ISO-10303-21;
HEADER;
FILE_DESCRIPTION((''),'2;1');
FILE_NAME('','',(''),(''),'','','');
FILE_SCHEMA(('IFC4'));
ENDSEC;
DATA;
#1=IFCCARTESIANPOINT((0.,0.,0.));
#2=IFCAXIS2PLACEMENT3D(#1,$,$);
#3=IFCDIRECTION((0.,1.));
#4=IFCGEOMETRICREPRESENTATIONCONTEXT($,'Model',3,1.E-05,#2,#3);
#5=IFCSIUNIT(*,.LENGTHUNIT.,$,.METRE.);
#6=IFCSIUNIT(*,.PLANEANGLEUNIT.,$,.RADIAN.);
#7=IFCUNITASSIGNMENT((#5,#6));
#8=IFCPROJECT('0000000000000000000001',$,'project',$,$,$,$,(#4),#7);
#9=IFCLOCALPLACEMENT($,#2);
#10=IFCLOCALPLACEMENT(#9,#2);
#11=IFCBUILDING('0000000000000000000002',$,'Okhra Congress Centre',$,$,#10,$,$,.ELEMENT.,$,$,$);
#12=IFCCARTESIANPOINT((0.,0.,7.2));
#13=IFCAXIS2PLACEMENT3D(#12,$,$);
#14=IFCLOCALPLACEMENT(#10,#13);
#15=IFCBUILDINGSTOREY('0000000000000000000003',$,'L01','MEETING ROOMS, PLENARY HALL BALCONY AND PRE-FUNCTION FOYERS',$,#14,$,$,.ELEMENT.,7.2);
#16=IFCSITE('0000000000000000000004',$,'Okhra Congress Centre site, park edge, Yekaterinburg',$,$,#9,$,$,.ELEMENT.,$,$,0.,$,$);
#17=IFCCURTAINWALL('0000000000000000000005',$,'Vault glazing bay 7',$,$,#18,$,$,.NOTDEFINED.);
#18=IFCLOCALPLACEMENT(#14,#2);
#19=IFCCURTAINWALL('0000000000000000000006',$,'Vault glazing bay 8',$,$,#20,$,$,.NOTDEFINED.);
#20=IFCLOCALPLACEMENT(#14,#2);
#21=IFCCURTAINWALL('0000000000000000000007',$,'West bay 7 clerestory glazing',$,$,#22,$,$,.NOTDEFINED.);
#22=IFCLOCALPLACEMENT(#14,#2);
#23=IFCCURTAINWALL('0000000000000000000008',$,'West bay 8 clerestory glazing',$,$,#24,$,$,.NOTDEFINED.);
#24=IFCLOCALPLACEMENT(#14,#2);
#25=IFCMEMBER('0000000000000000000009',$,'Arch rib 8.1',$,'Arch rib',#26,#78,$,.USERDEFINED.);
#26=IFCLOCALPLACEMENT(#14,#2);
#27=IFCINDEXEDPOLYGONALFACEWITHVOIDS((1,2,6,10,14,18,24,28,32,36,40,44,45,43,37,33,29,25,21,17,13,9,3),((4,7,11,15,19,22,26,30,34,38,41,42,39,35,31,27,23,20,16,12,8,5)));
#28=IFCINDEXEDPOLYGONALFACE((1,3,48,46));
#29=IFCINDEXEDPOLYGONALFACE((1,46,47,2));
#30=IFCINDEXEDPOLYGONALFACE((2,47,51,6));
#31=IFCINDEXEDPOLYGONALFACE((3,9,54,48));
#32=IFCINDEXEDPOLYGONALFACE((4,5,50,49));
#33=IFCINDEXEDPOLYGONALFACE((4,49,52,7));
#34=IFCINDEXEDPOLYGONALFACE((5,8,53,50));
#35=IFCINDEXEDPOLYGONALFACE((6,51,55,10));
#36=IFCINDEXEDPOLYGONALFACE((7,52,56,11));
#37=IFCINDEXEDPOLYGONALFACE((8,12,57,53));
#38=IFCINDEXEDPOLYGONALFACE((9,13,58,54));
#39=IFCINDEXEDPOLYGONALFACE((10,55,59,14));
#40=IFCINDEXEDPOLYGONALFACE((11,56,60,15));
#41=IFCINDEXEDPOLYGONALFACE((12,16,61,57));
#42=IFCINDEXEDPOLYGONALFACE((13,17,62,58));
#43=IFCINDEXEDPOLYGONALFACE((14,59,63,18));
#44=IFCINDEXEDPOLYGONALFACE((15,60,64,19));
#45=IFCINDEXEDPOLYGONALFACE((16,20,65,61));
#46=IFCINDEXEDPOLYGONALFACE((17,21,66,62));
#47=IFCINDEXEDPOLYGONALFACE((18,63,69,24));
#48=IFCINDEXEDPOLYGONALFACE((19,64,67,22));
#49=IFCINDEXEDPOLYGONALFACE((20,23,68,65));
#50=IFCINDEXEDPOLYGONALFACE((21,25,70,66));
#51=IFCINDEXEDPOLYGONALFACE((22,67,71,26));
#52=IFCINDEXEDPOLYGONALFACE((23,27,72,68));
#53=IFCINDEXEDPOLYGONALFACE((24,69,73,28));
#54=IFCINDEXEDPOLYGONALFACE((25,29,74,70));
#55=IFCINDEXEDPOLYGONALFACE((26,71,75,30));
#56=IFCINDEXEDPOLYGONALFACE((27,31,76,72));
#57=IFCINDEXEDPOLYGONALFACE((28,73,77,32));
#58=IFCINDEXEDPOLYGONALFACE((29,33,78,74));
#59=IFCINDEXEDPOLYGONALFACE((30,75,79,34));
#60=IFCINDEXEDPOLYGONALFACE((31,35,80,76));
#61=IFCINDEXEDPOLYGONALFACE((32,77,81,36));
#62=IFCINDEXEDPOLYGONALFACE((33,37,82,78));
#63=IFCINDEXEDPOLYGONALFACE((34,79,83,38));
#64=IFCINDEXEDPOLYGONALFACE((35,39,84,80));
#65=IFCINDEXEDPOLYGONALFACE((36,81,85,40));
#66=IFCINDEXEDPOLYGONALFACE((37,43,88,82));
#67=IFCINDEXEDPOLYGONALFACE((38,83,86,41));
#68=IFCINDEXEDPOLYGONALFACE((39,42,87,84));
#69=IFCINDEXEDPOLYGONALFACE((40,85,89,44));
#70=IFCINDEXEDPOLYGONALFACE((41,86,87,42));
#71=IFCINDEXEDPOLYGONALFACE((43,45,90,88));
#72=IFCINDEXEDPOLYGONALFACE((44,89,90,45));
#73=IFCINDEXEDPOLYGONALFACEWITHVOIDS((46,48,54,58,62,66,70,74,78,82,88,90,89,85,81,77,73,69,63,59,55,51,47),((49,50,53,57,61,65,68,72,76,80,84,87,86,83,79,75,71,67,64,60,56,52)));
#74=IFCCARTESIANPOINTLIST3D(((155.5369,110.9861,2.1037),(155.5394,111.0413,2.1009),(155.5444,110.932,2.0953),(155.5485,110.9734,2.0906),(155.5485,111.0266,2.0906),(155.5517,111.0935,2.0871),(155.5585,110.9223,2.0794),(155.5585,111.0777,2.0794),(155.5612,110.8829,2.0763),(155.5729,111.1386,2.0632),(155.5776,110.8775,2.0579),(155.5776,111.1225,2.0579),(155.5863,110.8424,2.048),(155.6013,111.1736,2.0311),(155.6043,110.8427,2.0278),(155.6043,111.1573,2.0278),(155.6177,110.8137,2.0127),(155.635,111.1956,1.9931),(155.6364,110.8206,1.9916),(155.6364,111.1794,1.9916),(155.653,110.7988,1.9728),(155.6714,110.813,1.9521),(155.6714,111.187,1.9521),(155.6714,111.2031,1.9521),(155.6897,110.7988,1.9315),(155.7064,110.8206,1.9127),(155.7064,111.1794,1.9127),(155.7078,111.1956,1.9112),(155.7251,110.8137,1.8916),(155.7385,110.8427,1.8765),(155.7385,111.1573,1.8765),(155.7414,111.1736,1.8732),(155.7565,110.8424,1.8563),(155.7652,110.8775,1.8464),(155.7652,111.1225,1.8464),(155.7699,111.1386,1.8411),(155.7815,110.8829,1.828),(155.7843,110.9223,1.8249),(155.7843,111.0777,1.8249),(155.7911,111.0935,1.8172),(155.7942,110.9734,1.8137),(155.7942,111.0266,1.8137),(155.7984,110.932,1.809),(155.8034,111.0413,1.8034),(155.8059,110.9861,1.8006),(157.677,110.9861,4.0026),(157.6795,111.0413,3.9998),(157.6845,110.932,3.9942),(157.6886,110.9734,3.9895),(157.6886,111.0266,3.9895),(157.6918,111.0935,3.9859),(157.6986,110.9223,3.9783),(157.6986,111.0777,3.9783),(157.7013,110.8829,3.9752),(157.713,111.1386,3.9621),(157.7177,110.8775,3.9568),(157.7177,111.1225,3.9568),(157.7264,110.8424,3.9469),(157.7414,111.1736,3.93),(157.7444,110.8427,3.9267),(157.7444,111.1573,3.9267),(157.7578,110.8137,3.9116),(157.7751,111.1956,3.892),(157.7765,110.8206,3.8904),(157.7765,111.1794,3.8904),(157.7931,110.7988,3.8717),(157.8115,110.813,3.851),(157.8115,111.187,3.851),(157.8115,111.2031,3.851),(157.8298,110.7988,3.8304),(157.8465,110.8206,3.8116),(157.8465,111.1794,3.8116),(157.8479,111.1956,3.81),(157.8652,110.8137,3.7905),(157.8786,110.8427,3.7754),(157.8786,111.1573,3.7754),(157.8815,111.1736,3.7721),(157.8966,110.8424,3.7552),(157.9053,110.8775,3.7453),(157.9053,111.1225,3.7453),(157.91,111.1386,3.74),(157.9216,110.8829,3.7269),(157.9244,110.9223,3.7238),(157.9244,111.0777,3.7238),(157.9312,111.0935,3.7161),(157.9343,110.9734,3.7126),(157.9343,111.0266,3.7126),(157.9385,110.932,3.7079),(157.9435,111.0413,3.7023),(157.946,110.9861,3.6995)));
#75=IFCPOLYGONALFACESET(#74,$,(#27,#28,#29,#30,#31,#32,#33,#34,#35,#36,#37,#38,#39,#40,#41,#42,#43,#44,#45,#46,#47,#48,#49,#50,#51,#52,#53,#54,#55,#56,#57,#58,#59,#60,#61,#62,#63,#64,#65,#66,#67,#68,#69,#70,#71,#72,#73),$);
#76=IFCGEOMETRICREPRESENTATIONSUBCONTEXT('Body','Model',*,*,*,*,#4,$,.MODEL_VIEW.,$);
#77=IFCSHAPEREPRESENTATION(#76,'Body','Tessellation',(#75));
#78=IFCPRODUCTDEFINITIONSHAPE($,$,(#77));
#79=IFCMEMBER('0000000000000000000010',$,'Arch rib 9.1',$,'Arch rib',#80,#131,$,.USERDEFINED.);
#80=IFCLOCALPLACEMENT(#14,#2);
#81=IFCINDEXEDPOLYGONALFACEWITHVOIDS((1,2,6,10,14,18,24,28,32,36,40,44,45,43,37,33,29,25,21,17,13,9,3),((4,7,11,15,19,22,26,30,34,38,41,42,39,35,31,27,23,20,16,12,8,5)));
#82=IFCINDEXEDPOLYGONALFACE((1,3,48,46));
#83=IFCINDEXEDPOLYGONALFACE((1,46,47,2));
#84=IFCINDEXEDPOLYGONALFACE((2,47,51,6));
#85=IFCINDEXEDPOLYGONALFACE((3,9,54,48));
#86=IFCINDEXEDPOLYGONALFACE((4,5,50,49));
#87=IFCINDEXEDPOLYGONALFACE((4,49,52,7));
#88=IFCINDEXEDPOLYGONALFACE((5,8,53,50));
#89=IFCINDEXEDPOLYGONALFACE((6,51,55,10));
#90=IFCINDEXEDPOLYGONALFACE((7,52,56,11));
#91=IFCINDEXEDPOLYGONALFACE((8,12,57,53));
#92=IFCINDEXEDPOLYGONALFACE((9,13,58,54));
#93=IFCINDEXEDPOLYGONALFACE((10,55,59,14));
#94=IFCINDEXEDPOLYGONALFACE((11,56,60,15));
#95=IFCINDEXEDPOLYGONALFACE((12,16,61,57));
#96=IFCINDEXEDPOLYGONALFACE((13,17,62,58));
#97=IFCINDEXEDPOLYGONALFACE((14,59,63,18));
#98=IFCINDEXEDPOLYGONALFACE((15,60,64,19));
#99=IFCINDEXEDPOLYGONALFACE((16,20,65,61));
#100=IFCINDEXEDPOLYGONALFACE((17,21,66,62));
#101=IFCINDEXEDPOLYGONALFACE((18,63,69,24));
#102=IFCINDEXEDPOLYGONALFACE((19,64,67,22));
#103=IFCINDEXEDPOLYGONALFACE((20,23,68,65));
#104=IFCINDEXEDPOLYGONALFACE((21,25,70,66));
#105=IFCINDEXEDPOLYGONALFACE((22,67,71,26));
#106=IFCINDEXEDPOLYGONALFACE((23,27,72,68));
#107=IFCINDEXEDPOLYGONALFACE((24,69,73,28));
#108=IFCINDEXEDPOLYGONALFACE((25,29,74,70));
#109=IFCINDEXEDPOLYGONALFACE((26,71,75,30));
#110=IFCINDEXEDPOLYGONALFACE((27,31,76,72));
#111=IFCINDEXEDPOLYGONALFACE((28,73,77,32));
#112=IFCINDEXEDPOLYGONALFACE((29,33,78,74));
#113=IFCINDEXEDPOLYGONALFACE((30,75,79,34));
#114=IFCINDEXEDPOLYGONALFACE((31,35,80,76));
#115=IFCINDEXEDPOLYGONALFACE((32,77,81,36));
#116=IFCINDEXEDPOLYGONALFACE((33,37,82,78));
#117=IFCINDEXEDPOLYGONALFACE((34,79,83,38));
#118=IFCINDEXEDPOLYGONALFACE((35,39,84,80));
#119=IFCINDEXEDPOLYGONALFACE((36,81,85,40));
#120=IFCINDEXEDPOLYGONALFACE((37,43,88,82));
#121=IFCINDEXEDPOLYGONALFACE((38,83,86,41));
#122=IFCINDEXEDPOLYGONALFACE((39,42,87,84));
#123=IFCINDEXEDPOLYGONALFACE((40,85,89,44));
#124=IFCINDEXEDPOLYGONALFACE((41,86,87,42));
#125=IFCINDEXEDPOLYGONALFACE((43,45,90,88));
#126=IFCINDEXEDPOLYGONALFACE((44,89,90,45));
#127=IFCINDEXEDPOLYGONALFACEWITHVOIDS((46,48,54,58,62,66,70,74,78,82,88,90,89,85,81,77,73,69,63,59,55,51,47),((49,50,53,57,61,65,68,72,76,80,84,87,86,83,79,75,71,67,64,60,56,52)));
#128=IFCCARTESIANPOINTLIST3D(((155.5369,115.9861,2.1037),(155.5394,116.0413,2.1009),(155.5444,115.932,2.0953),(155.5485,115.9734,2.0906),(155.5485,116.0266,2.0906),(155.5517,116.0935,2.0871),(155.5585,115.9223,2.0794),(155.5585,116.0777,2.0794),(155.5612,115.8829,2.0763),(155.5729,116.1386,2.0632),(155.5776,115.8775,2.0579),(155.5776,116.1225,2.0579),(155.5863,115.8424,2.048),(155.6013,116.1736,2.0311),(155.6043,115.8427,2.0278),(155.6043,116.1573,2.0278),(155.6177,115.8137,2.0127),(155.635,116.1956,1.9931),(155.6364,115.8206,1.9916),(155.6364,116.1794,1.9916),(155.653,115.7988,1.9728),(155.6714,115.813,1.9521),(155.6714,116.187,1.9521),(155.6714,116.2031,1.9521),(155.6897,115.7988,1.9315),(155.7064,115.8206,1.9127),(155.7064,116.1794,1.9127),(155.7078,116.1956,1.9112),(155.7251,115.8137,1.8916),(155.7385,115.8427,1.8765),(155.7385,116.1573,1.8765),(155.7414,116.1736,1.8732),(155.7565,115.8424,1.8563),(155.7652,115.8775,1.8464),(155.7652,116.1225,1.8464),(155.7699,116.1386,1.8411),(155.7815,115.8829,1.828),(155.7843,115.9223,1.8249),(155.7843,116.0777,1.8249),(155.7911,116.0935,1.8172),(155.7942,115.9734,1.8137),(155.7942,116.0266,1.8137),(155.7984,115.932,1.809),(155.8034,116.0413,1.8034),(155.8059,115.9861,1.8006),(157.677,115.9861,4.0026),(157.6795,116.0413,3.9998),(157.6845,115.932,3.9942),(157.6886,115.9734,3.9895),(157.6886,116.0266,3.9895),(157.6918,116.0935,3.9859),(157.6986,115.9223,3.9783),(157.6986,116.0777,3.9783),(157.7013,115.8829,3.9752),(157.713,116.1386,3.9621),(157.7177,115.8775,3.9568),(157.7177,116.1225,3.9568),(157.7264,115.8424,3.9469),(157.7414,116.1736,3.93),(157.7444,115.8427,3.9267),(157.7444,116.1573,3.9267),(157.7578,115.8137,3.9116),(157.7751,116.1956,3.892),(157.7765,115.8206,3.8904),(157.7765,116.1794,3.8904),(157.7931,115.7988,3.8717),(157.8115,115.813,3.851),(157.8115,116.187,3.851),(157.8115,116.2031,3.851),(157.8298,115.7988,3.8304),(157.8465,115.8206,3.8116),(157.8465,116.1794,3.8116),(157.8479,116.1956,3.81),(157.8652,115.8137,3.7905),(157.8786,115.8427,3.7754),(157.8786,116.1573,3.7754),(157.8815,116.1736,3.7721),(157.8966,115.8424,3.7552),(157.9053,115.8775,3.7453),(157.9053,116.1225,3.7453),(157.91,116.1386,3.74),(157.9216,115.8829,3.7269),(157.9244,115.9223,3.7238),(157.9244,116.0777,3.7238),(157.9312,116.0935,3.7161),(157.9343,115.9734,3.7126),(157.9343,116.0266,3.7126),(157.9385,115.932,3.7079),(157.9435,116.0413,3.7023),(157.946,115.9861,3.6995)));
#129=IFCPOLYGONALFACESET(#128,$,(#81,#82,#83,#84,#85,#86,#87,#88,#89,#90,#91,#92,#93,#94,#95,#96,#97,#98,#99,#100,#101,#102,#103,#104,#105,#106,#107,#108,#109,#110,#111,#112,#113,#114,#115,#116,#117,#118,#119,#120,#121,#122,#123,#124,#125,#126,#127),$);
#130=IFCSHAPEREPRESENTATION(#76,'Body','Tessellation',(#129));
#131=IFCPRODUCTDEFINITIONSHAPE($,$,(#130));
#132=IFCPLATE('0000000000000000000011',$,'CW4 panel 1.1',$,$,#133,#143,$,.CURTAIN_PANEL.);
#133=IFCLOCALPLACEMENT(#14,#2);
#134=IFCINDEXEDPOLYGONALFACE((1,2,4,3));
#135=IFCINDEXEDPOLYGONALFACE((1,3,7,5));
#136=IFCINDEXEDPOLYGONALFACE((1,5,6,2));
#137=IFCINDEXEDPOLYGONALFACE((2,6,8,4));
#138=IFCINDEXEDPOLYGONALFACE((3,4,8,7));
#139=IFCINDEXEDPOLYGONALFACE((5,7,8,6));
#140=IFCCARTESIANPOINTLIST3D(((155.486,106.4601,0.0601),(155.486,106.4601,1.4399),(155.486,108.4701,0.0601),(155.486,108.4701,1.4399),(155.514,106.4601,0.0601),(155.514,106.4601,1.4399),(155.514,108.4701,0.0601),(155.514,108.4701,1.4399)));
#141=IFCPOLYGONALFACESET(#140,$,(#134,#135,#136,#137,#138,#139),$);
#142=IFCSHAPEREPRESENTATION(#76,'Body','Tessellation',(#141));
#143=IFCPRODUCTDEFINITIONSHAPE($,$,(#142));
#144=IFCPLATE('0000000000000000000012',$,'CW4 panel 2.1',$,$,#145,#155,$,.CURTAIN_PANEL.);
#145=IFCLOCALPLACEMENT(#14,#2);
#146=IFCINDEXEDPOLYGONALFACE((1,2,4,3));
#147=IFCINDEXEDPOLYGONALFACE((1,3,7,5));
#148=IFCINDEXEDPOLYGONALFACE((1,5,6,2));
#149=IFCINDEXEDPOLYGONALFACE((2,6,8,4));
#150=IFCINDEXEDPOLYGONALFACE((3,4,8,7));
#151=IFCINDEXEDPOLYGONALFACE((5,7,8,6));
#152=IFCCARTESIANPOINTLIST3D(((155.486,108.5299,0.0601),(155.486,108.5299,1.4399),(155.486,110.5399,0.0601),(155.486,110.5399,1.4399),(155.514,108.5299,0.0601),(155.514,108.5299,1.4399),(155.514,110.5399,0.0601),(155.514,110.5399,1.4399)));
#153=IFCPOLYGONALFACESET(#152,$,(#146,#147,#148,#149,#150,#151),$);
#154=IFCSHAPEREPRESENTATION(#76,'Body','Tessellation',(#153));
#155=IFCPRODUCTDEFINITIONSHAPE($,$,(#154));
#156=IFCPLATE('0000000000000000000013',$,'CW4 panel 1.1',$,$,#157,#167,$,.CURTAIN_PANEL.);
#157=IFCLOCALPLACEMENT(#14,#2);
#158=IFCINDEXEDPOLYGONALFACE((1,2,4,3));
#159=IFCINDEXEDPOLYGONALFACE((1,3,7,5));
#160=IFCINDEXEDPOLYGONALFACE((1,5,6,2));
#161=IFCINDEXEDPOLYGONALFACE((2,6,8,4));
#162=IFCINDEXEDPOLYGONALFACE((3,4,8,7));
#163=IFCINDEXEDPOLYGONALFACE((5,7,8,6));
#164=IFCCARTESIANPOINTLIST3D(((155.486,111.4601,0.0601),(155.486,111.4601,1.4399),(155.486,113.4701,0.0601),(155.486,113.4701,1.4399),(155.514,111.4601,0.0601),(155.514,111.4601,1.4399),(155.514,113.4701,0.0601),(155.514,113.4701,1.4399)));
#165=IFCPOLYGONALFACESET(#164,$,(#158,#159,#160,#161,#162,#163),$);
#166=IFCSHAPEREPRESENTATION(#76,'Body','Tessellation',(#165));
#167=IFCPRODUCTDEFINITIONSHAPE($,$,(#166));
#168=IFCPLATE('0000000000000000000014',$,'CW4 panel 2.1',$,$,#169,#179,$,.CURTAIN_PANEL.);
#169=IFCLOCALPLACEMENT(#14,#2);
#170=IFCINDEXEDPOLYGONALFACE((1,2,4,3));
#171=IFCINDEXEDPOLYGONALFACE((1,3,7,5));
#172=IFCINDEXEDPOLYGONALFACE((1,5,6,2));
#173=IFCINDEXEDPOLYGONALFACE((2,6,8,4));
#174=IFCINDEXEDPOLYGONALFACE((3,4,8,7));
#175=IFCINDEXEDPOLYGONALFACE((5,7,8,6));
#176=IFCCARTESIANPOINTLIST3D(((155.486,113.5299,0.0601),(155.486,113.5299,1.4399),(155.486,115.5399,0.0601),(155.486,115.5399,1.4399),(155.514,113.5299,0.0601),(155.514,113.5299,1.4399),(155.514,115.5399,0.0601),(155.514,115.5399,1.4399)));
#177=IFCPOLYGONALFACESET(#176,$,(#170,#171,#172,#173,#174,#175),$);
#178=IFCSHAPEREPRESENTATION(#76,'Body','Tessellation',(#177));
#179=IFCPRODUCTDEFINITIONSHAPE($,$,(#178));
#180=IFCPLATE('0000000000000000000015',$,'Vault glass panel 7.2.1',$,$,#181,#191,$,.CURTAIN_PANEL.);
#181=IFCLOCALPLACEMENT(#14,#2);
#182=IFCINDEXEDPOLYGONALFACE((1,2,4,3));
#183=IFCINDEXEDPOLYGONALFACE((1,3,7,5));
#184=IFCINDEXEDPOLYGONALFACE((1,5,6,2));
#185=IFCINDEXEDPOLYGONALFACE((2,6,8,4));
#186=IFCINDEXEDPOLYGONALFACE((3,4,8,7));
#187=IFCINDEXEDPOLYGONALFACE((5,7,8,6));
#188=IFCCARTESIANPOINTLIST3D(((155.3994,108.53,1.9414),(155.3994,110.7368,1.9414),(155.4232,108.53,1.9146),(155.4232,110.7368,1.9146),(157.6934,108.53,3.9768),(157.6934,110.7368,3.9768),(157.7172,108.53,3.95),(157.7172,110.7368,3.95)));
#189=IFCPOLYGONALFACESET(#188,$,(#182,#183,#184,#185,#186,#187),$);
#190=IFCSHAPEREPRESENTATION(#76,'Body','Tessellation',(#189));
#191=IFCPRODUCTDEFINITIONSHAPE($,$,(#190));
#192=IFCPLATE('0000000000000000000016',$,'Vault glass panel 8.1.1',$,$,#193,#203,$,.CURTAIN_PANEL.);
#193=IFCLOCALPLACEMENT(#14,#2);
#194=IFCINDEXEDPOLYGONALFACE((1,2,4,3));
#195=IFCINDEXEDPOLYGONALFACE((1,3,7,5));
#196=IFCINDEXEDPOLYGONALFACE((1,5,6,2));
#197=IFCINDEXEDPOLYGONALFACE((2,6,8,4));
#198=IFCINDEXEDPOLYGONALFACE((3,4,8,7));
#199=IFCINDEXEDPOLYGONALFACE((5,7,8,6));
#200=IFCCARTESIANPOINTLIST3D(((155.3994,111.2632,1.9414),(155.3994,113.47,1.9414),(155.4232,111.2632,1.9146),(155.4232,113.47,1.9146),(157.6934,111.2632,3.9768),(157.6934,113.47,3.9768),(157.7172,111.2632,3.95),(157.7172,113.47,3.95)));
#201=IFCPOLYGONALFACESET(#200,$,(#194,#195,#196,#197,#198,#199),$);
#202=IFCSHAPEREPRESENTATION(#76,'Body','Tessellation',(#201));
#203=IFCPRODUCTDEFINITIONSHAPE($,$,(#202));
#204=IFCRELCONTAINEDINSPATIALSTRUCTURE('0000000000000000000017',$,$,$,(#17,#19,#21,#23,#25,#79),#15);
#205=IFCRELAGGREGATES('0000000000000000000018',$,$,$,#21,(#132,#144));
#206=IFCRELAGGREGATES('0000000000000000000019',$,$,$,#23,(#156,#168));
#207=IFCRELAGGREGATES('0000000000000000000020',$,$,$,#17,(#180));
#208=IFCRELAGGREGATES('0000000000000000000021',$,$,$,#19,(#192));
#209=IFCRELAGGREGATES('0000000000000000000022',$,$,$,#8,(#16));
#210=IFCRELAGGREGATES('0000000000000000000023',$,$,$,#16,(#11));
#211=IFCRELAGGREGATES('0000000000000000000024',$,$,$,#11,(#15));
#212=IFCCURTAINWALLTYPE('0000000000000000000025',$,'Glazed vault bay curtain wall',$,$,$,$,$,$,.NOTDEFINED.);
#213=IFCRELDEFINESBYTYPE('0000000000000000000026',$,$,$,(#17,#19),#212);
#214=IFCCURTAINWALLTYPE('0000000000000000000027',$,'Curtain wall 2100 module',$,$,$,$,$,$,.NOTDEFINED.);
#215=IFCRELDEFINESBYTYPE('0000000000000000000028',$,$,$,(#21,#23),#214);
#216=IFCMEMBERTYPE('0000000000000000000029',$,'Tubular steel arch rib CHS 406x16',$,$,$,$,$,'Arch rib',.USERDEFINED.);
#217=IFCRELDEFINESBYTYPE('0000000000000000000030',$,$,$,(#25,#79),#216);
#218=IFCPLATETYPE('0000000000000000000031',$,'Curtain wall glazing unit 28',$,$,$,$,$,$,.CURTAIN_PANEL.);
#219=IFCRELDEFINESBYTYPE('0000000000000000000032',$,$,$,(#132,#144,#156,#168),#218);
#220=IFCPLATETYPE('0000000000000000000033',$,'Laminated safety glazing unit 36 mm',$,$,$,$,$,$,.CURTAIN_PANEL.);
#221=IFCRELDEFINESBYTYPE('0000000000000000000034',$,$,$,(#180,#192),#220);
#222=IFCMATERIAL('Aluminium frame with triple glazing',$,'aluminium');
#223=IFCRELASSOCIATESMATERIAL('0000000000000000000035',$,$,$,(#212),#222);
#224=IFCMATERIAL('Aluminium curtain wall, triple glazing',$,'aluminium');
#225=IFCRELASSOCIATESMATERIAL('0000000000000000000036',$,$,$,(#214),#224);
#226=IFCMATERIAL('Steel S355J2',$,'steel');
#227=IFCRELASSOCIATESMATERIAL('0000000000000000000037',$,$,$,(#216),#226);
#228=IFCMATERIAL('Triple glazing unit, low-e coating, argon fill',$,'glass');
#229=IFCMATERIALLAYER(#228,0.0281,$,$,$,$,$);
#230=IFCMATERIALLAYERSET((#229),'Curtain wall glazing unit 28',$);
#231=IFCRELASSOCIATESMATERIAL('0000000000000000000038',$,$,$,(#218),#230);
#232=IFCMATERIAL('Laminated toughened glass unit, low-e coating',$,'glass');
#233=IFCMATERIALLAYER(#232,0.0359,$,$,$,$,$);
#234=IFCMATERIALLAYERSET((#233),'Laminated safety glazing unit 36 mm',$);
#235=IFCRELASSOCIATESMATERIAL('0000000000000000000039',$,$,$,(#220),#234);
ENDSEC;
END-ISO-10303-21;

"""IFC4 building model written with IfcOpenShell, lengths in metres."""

from ifc_helpers import new_model, si_unit, direction, frame, origin, origin_2d, place, context, subcontext, project, spatial, polyline, rectangle, hollow_circle, outline, extrude, material, layer, layer_set, material_profile, profile_set, type_object, element, aggregate, save


model = new_model("IFC4")

# Units and contexts
model_context = context("Model", 3, precision=1e-05, world=origin(), true_north=direction((0.0, 1.0)))
body_context = subcontext(model_context, "Body", "Model", "MODEL_VIEW")
ifc_project = project(units=[si_unit("LENGTHUNIT", "METRE"), si_unit("PLANEANGLEUNIT", "RADIAN")], contexts=[model_context])

# Site, building, storey
site_placement = place(None, origin())
site = spatial("IfcSite", under=ifc_project, at=site_placement, Name="Okhra Congress Centre site, park edge, Yekaterinburg", CompositionType="ELEMENT", RefElevation=0.0)
building_placement = place(site_placement, origin())
building = spatial("IfcBuilding", under=site, at=building_placement, Name="Okhra Congress Centre", CompositionType="ELEMENT")
storey_placement = place(building_placement, frame((0.0, 0.0, 7.2)))
storey = spatial("IfcBuildingStorey", under=building, at=storey_placement, Name="L01", Description="MEETING ROOMS, PLENARY HALL BALCONY AND PRE-FUNCTION FOYERS", CompositionType="ELEMENT", Elevation=7.2)

# Curtain walls
ifc_material_1 = material(Name="Aluminium frame with triple glazing", Category="aluminium")
curtain_wall_type_1 = type_object("IfcCurtainWallType", Name="Glazed vault bay curtain wall", PredefinedType="NOTDEFINED", material=ifc_material_1)
curtain_wall_1_placement = place(storey_placement, origin())
curtain_wall_1 = element("IfcCurtainWall", 1, at=curtain_wall_1_placement, inside=storey, type_object=curtain_wall_type_1, Name="Vault glazing bay 7", PredefinedType="NOTDEFINED")
curtain_wall_2_placement = place(storey_placement, origin())
curtain_wall_2 = element("IfcCurtainWall", 2, at=curtain_wall_2_placement, inside=storey, type_object=curtain_wall_type_1, Name="Vault glazing bay 8", PredefinedType="NOTDEFINED")

# Curtain walls
ifc_material_2 = material(Name="Aluminium curtain wall, triple glazing", Category="aluminium")
curtain_wall_type_2 = type_object("IfcCurtainWallType", Name="Curtain wall 2100 module", PredefinedType="NOTDEFINED", material=ifc_material_2)
curtain_wall_3_placement = place(storey_placement, origin())
curtain_wall_3 = element("IfcCurtainWall", 3, at=curtain_wall_3_placement, inside=storey, type_object=curtain_wall_type_2, Name="West bay 7 clerestory glazing", PredefinedType="NOTDEFINED")
curtain_wall_4_placement = place(storey_placement, origin())
curtain_wall_4 = element("IfcCurtainWall", 4, at=curtain_wall_4_placement, inside=storey, type_object=curtain_wall_type_2, Name="West bay 8 clerestory glazing", PredefinedType="NOTDEFINED")

# Shared definitions
ifc_material_3 = material(Name="Steel S355J2", Category="steel")

# Members
ifc_material_profile_1 = material_profile(ifc_material_3, hollow_circle(Radius=0.2031, WallThickness=0.0161, at=origin_2d()), Name="CHS 406.4x16")
ifc_profile_set_1 = profile_set([ifc_material_profile_1], Name="Steel S355J2")
member_type_1 = type_object("IfcMemberType", Name="Tubular steel arch rib CHS 406x16", ElementType="Arch rib", PredefinedType="USERDEFINED", material=ifc_profile_set_1)
for number, where, z_axis, x_axis, name in (
    (5, (155.6714, 111.0, 1.9521), (0.748002, 0.0, 0.663696), (0.0, 1.0, 0.0), "Arch rib 8.1"),
    (6, (155.6714, 116.0, 1.9521), (0.748002, 0.0, 0.663696), (0.0, 1.0, 0.0), "Arch rib 9.1"),
):
    element("IfcMember", number, at=place(storey_placement, frame(where, z_axis=z_axis, x_axis=x_axis)), inside=storey, type_object=member_type_1, Name=name, ObjectType="Arch rib", PredefinedType="USERDEFINED", context=body_context, shape_type="SweptSolid", body=[
        extrude(hollow_circle(Radius=0.2031, WallThickness=0.0161, at=origin_2d()), origin(), (0.0, 0.0, 1.0), 2.8611),
    ])

# Plates
ifc_material_4 = material(Name="Triple glazing unit, low-e coating, argon fill", Category="glass")
ifc_layer_1 = layer(ifc_material_4, 0.0281)
ifc_layer_set_1 = layer_set([ifc_layer_1], Name="Curtain wall glazing unit 28")
plate_type_1 = type_object("IfcPlateType", Name="Curtain wall glazing unit 28", PredefinedType="CURTAIN_PANEL", material=ifc_layer_set_1)
plate_1_placement = place(storey_placement, frame((155.5, 107.4651, 0.0601), z_axis=(0.0, 0.0, 1.0), x_axis=(0.0, 1.0, 0.0)))
plate_1 = element("IfcPlate", 7, at=plate_1_placement, type_object=plate_type_1, Name="CW4 panel 1.1", PredefinedType="CURTAIN_PANEL", context=body_context, shape_type="SweptSolid", body=[
    extrude(rectangle(XDim=2.01, YDim=0.0281, at=origin_2d()), origin(), (0.0, 0.0, 1.0), 1.3799),
])
plate_2_placement = place(storey_placement, frame((155.5, 109.5349, 0.0601), z_axis=(0.0, 0.0, 1.0), x_axis=(0.0, 1.0, 0.0)))
plate_2 = element("IfcPlate", 8, at=plate_2_placement, type_object=plate_type_1, Name="CW4 panel 2.1", PredefinedType="CURTAIN_PANEL", context=body_context, shape_type="SweptSolid", body=[
    extrude(rectangle(XDim=2.01, YDim=0.0281, at=origin_2d()), origin(), (0.0, 0.0, 1.0), 1.3799),
])
aggregate(curtain_wall_3, [plate_1, plate_2])
plate_3_placement = place(storey_placement, frame((155.5, 112.4651, 0.0601), z_axis=(0.0, 0.0, 1.0), x_axis=(0.0, 1.0, 0.0)))
plate_3 = element("IfcPlate", 9, at=plate_3_placement, type_object=plate_type_1, Name="CW4 panel 1.1", PredefinedType="CURTAIN_PANEL", context=body_context, shape_type="SweptSolid", body=[
    extrude(rectangle(XDim=2.01, YDim=0.0281, at=origin_2d()), origin(), (0.0, 0.0, 1.0), 1.3799),
])
plate_4_placement = place(storey_placement, frame((155.5, 114.5349, 0.0601), z_axis=(0.0, 0.0, 1.0), x_axis=(0.0, 1.0, 0.0)))
plate_4 = element("IfcPlate", 10, at=plate_4_placement, type_object=plate_type_1, Name="CW4 panel 2.1", PredefinedType="CURTAIN_PANEL", context=body_context, shape_type="SweptSolid", body=[
    extrude(rectangle(XDim=2.01, YDim=0.0281, at=origin_2d()), origin(), (0.0, 0.0, 1.0), 1.3799),
])
aggregate(curtain_wall_4, [plate_3, plate_4])
ifc_material_5 = material(Name="Laminated toughened glass unit, low-e coating", Category="glass")
ifc_layer_2 = layer(ifc_material_5, 0.0359)
ifc_layer_set_2 = layer_set([ifc_layer_2], Name="Laminated safety glazing unit 36 mm")
plate_type_2 = type_object("IfcPlateType", Name="Laminated safety glazing unit 36 mm", PredefinedType="CURTAIN_PANEL", material=ifc_layer_set_2)
plate_5_placement = place(storey_placement, frame((155.3994, 108.53, 1.9414), z_axis=(-0.663697, 0.0, 0.748002), x_axis=(0.748002, 0.0, 0.663697)))
plate_5 = element("IfcPlate", 11, at=plate_5_placement, type_object=plate_type_2, Name="Vault glass panel 7.2.1", PredefinedType="CURTAIN_PANEL", context=body_context, shape_type="SweptSolid", body=[
    extrude(outline(polyline([(0.0, 0.0), (3.0668, 0.0), (3.0668, 2.2068), (0.0, 2.2068), (0.0, 0.0)])), origin(), (0.0, 0.0, -1.0), 0.0359),
])
aggregate(curtain_wall_1, [plate_5])
plate_6_placement = place(storey_placement, frame((155.3994, 111.2632, 1.9414), z_axis=(-0.663697, 0.0, 0.748002), x_axis=(0.748002, 0.0, 0.663697)))
plate_6 = element("IfcPlate", 12, at=plate_6_placement, type_object=plate_type_2, Name="Vault glass panel 8.1.1", PredefinedType="CURTAIN_PANEL", context=body_context, shape_type="SweptSolid", body=[
    extrude(outline(polyline([(0.0, 0.0), (3.0668, 0.0), (3.0668, 2.2068), (0.0, 2.2068), (0.0, 0.0)])), origin(), (0.0, 0.0, -1.0), 0.0359),
])
aggregate(curtain_wall_2, [plate_6])

save(model, "model.ifc")
